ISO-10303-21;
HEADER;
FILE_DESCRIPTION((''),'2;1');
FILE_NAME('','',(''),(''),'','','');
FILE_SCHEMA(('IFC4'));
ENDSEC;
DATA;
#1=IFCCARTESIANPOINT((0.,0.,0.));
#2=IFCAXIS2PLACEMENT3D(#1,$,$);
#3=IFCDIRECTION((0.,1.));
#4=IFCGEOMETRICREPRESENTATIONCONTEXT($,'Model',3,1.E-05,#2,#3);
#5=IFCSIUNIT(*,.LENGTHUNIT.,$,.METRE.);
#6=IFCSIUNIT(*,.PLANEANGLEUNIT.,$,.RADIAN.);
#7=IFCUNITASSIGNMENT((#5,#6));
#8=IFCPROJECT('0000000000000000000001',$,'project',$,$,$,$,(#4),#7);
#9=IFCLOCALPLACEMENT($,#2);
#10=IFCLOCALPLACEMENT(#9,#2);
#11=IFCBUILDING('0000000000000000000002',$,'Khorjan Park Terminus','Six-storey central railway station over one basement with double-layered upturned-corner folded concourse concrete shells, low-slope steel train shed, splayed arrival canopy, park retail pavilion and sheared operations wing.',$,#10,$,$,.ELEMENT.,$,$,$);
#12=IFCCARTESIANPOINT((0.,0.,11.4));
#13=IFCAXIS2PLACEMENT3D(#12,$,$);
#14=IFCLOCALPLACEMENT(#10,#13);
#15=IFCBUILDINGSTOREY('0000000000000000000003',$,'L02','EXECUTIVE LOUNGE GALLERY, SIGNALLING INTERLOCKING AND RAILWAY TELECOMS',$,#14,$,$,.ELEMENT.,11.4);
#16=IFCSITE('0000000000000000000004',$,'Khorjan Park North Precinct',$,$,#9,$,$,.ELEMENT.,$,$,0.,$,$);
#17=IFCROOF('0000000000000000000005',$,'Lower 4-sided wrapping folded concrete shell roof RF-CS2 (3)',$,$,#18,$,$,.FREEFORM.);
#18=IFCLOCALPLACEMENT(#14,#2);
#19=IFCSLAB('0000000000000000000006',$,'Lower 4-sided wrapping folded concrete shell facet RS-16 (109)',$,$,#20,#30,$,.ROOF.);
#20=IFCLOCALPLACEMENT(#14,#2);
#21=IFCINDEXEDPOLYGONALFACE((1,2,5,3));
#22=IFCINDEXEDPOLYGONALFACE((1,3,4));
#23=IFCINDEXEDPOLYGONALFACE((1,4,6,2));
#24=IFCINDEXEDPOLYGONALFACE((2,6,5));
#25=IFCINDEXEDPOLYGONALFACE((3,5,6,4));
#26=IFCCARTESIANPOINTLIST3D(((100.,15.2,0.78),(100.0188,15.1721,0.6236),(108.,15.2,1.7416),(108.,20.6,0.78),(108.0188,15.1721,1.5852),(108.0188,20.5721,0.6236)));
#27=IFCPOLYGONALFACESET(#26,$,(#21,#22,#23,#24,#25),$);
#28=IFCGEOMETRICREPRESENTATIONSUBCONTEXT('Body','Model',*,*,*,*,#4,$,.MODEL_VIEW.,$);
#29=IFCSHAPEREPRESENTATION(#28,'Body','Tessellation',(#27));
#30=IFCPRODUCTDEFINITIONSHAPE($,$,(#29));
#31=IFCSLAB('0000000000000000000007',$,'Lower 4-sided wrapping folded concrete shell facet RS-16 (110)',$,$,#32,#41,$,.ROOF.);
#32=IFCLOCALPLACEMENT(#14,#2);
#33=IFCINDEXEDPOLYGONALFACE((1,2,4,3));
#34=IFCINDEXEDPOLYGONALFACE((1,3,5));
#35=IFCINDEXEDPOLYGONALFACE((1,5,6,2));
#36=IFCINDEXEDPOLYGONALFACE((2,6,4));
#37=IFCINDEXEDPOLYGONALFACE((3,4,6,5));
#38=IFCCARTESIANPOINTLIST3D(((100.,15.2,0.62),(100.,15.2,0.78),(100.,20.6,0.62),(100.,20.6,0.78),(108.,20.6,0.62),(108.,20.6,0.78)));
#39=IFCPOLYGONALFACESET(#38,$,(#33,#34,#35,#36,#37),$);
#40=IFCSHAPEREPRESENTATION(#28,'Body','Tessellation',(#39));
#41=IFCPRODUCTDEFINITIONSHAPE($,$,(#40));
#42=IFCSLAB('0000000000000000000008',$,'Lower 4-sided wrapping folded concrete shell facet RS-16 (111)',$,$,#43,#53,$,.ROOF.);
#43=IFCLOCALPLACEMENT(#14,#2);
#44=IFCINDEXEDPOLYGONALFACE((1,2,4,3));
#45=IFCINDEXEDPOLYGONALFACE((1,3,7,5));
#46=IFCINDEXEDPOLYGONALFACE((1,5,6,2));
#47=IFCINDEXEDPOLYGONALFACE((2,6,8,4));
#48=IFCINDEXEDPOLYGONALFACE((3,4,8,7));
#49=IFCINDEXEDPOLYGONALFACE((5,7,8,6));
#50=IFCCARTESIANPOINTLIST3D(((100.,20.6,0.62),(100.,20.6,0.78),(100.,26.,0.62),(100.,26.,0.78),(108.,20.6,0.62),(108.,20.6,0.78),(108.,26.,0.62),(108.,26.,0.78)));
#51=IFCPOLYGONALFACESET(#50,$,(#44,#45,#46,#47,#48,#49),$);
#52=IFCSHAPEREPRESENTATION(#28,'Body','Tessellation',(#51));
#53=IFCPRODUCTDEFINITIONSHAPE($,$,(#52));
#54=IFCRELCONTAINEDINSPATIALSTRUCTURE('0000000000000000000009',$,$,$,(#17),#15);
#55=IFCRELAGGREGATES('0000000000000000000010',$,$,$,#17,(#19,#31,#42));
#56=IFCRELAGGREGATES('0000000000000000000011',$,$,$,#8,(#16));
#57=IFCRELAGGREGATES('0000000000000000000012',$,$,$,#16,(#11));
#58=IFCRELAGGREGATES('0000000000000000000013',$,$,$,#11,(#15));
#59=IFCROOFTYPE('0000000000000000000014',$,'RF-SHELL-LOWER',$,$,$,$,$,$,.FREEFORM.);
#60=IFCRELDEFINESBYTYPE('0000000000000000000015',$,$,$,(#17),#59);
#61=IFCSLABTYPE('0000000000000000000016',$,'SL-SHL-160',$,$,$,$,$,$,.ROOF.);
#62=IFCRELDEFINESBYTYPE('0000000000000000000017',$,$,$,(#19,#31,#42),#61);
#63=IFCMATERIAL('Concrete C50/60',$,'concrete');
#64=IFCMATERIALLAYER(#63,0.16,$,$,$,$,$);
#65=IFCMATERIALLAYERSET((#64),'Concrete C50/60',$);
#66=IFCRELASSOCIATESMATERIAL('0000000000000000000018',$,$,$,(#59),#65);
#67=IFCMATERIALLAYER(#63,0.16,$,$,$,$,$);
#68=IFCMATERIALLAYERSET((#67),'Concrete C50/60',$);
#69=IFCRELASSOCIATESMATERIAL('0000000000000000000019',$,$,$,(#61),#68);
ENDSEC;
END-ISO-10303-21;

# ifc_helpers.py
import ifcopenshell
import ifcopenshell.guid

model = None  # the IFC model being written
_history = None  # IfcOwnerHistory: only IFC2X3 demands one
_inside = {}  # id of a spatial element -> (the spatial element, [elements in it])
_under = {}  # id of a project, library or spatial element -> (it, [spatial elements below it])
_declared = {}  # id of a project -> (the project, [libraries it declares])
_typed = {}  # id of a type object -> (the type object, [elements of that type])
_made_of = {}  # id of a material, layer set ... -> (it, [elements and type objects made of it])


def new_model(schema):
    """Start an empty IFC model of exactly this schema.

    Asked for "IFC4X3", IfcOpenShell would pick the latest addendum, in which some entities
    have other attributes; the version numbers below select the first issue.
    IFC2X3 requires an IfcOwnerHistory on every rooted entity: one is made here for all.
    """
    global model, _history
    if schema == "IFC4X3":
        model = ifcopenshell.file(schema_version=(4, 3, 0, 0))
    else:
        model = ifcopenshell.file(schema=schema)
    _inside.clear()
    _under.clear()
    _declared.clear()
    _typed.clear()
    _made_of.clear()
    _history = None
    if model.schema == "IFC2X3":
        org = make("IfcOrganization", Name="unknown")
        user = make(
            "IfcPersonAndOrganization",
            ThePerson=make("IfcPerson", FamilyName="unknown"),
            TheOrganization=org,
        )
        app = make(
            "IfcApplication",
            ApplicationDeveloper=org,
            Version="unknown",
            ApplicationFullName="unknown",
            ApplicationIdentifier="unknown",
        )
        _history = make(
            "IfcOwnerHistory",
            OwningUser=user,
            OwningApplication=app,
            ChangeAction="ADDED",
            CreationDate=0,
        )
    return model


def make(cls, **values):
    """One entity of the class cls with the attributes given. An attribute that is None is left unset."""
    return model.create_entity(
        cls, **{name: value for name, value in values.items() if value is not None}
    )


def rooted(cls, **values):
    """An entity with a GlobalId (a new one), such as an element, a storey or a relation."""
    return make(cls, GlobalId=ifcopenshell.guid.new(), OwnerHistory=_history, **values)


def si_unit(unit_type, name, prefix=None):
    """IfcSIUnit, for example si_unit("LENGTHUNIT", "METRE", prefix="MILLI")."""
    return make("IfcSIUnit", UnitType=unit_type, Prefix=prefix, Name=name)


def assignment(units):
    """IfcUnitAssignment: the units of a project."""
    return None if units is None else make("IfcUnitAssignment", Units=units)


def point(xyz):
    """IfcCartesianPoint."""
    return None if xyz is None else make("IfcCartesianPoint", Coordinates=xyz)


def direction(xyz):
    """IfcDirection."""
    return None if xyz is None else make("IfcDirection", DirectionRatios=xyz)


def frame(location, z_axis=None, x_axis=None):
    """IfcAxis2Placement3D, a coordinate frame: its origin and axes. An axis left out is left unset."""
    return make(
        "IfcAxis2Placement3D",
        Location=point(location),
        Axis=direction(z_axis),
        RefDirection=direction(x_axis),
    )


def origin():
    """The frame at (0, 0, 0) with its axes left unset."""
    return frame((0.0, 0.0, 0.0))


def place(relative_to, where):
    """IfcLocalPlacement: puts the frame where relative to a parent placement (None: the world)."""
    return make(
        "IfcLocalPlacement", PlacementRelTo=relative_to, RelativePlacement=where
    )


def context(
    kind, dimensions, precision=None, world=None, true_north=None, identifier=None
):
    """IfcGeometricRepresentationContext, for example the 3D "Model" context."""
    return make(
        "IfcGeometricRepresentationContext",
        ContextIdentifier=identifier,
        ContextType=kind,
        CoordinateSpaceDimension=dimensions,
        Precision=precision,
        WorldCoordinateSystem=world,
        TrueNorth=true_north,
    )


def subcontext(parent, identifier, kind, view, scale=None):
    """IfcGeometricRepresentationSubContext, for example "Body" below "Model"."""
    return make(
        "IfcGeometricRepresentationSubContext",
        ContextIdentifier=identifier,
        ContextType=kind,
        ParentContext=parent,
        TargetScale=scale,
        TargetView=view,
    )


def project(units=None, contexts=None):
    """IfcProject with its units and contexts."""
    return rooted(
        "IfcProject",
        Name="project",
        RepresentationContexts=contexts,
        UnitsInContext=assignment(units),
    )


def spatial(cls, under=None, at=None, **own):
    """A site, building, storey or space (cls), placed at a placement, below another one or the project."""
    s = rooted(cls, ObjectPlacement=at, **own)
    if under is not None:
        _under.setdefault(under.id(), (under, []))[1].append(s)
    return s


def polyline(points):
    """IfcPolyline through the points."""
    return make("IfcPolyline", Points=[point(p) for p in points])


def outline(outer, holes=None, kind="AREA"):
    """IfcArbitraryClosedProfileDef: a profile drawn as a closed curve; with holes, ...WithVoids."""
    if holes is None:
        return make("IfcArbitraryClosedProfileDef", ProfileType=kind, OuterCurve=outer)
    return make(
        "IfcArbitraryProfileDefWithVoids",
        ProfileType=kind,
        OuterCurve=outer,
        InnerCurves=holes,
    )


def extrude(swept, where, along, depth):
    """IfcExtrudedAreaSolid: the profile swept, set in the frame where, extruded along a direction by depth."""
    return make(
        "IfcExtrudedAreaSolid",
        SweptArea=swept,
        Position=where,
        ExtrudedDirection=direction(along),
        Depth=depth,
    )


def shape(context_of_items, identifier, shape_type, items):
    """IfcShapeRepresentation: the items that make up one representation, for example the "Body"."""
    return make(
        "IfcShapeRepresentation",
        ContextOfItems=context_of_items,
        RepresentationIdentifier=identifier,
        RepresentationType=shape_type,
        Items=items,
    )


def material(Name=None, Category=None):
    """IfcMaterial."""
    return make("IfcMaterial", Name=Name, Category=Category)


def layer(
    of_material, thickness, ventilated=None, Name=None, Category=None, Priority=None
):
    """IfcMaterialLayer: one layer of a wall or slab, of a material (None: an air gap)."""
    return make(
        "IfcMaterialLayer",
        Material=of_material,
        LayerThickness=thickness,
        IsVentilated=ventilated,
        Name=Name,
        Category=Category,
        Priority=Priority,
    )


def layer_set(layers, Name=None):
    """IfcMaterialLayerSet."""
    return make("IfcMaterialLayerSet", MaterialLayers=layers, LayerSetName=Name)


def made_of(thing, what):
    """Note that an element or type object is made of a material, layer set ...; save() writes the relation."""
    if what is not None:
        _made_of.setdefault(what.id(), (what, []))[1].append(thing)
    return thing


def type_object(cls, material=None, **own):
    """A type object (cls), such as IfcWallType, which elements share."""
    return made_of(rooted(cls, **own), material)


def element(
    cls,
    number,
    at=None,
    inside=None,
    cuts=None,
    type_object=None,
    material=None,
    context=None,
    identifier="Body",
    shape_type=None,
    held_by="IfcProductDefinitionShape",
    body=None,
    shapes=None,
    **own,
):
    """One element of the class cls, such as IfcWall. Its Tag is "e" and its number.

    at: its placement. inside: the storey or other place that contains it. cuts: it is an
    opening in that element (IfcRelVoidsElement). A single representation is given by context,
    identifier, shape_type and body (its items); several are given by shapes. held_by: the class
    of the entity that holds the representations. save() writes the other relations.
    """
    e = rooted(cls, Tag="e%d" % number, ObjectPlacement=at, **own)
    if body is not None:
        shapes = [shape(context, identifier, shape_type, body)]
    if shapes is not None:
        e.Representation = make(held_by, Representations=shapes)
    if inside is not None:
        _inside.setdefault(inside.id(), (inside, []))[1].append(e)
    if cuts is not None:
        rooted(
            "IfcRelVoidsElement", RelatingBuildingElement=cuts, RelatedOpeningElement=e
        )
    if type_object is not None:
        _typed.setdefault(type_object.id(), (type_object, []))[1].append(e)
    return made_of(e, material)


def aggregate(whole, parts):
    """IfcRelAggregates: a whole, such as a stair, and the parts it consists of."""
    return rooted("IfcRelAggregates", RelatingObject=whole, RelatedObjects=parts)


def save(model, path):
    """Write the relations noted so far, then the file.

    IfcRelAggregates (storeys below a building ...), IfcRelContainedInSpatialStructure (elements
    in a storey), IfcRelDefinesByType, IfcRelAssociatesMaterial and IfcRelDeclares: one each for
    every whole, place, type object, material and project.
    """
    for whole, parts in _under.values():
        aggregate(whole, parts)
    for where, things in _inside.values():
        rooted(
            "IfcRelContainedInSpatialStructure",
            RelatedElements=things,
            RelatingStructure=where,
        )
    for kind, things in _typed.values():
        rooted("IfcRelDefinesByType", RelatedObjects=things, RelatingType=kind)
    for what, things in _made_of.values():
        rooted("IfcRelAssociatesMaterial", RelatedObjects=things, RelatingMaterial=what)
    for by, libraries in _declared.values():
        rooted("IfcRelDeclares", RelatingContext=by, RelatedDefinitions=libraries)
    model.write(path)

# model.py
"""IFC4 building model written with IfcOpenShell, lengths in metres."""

from ifc_helpers import new_model, si_unit, direction, frame, origin, place, context, subcontext, project, spatial, polyline, outline, extrude, material, layer, layer_set, type_object, element, aggregate, save


model = new_model("IFC4")

# Units and contexts
model_context = context("Model", 3, precision=1e-05, world=origin(), true_north=direction((0.0, 1.0)))
body_context = subcontext(model_context, "Body", "Model", "MODEL_VIEW")
ifc_project = project(units=[si_unit("LENGTHUNIT", "METRE"), si_unit("PLANEANGLEUNIT", "RADIAN")], contexts=[model_context])

# Site, building, storey
site_placement = place(None, origin())
site = spatial("IfcSite", under=ifc_project, at=site_placement, Name="Khorjan Park North Precinct", CompositionType="ELEMENT", RefElevation=0.0)
building_placement = place(site_placement, origin())
building = spatial("IfcBuilding", under=site, at=building_placement, Name="Khorjan Park Terminus", Description="Six-storey central railway station over one basement with double-layered upturned-corner folded concourse concrete shells, low-slope steel train shed, splayed arrival canopy, park retail pavilion and sheared operations wing.", CompositionType="ELEMENT")
storey_placement = place(building_placement, frame((0.0, 0.0, 11.4)))
storey = spatial("IfcBuildingStorey", under=building, at=storey_placement, Name="L02", Description="EXECUTIVE LOUNGE GALLERY, SIGNALLING INTERLOCKING AND RAILWAY TELECOMS", CompositionType="ELEMENT", Elevation=11.4)

# Roof, slabs
ifc_material_1 = material(Name="Concrete C50/60", Category="concrete")
ifc_layer_1 = layer(ifc_material_1, 0.16)
ifc_layer_set_1 = layer_set([ifc_layer_1], Name="Concrete C50/60")
roof_type = type_object("IfcRoofType", Name="RF-SHELL-LOWER", PredefinedType="FREEFORM", material=ifc_layer_set_1)
roof_placement = place(storey_placement, origin())
roof = element("IfcRoof", 1, at=roof_placement, inside=storey, type_object=roof_type, Name="Lower 4-sided wrapping folded concrete shell roof RF-CS2 (3)", PredefinedType="FREEFORM")
ifc_layer_2 = layer(ifc_material_1, 0.16)
ifc_layer_set_2 = layer_set([ifc_layer_2], Name="Concrete C50/60")
slab_type = type_object("IfcSlabType", Name="SL-SHL-160", PredefinedType="ROOF", material=ifc_layer_set_2)
slab_1_placement = place(storey_placement, frame((100.0, 15.2, 0.78), z_axis=(-0.117518, 0.174101, 0.97769), x_axis=(0.992853, 0.0, 0.119341)))
slab_1 = element("IfcSlab", 2, at=slab_1_placement, type_object=slab_type, Name="Lower 4-sided wrapping folded concrete shell facet RS-16 (109)", PredefinedType="ROOF", context=body_context, shape_type="SweptSolid", body=[
    extrude(outline(polyline([(0.0, 0.0), (8.0576, 0.0), (7.9428, 5.4837), (0.0, 0.0)])), origin(), (0.0, 0.0, -1.0), 0.16),
])
slab_2_placement = place(storey_placement, frame((100.0, 15.2, 0.78), z_axis=(0.0, 0.0, 1.0), x_axis=(0.828849, 0.559473, 0.0)))
slab_2 = element("IfcSlab", 3, at=slab_2_placement, type_object=slab_type, Name="Lower 4-sided wrapping folded concrete shell facet RS-16 (110)", PredefinedType="ROOF", context=body_context, shape_type="SweptSolid", body=[
    extrude(outline(polyline([(0.0, 0.0), (9.6519, 0.0), (3.0212, 4.4758), (0.0, 0.0)])), origin(), (0.0, 0.0, -1.0), 0.16),
])
slab_3_placement = place(storey_placement, frame((100.0, 20.6, 0.78), z_axis=(0.0, 0.0, 1.0), x_axis=(1.0, 0.0, 0.0)))
slab_3 = element("IfcSlab", 4, at=slab_3_placement, type_object=slab_type, Name="Lower 4-sided wrapping folded concrete shell facet RS-16 (111)", PredefinedType="ROOF", context=body_context, shape_type="SweptSolid", body=[
    extrude(outline(polyline([(0.0, 0.0), (8.0, 0.0), (8.0, 5.4), (0.0, 5.4), (0.0, 0.0)])), origin(), (0.0, 0.0, -1.0), 0.16),
])
aggregate(roof, [slab_1, slab_2, slab_3])

save(model, "model.ifc")
